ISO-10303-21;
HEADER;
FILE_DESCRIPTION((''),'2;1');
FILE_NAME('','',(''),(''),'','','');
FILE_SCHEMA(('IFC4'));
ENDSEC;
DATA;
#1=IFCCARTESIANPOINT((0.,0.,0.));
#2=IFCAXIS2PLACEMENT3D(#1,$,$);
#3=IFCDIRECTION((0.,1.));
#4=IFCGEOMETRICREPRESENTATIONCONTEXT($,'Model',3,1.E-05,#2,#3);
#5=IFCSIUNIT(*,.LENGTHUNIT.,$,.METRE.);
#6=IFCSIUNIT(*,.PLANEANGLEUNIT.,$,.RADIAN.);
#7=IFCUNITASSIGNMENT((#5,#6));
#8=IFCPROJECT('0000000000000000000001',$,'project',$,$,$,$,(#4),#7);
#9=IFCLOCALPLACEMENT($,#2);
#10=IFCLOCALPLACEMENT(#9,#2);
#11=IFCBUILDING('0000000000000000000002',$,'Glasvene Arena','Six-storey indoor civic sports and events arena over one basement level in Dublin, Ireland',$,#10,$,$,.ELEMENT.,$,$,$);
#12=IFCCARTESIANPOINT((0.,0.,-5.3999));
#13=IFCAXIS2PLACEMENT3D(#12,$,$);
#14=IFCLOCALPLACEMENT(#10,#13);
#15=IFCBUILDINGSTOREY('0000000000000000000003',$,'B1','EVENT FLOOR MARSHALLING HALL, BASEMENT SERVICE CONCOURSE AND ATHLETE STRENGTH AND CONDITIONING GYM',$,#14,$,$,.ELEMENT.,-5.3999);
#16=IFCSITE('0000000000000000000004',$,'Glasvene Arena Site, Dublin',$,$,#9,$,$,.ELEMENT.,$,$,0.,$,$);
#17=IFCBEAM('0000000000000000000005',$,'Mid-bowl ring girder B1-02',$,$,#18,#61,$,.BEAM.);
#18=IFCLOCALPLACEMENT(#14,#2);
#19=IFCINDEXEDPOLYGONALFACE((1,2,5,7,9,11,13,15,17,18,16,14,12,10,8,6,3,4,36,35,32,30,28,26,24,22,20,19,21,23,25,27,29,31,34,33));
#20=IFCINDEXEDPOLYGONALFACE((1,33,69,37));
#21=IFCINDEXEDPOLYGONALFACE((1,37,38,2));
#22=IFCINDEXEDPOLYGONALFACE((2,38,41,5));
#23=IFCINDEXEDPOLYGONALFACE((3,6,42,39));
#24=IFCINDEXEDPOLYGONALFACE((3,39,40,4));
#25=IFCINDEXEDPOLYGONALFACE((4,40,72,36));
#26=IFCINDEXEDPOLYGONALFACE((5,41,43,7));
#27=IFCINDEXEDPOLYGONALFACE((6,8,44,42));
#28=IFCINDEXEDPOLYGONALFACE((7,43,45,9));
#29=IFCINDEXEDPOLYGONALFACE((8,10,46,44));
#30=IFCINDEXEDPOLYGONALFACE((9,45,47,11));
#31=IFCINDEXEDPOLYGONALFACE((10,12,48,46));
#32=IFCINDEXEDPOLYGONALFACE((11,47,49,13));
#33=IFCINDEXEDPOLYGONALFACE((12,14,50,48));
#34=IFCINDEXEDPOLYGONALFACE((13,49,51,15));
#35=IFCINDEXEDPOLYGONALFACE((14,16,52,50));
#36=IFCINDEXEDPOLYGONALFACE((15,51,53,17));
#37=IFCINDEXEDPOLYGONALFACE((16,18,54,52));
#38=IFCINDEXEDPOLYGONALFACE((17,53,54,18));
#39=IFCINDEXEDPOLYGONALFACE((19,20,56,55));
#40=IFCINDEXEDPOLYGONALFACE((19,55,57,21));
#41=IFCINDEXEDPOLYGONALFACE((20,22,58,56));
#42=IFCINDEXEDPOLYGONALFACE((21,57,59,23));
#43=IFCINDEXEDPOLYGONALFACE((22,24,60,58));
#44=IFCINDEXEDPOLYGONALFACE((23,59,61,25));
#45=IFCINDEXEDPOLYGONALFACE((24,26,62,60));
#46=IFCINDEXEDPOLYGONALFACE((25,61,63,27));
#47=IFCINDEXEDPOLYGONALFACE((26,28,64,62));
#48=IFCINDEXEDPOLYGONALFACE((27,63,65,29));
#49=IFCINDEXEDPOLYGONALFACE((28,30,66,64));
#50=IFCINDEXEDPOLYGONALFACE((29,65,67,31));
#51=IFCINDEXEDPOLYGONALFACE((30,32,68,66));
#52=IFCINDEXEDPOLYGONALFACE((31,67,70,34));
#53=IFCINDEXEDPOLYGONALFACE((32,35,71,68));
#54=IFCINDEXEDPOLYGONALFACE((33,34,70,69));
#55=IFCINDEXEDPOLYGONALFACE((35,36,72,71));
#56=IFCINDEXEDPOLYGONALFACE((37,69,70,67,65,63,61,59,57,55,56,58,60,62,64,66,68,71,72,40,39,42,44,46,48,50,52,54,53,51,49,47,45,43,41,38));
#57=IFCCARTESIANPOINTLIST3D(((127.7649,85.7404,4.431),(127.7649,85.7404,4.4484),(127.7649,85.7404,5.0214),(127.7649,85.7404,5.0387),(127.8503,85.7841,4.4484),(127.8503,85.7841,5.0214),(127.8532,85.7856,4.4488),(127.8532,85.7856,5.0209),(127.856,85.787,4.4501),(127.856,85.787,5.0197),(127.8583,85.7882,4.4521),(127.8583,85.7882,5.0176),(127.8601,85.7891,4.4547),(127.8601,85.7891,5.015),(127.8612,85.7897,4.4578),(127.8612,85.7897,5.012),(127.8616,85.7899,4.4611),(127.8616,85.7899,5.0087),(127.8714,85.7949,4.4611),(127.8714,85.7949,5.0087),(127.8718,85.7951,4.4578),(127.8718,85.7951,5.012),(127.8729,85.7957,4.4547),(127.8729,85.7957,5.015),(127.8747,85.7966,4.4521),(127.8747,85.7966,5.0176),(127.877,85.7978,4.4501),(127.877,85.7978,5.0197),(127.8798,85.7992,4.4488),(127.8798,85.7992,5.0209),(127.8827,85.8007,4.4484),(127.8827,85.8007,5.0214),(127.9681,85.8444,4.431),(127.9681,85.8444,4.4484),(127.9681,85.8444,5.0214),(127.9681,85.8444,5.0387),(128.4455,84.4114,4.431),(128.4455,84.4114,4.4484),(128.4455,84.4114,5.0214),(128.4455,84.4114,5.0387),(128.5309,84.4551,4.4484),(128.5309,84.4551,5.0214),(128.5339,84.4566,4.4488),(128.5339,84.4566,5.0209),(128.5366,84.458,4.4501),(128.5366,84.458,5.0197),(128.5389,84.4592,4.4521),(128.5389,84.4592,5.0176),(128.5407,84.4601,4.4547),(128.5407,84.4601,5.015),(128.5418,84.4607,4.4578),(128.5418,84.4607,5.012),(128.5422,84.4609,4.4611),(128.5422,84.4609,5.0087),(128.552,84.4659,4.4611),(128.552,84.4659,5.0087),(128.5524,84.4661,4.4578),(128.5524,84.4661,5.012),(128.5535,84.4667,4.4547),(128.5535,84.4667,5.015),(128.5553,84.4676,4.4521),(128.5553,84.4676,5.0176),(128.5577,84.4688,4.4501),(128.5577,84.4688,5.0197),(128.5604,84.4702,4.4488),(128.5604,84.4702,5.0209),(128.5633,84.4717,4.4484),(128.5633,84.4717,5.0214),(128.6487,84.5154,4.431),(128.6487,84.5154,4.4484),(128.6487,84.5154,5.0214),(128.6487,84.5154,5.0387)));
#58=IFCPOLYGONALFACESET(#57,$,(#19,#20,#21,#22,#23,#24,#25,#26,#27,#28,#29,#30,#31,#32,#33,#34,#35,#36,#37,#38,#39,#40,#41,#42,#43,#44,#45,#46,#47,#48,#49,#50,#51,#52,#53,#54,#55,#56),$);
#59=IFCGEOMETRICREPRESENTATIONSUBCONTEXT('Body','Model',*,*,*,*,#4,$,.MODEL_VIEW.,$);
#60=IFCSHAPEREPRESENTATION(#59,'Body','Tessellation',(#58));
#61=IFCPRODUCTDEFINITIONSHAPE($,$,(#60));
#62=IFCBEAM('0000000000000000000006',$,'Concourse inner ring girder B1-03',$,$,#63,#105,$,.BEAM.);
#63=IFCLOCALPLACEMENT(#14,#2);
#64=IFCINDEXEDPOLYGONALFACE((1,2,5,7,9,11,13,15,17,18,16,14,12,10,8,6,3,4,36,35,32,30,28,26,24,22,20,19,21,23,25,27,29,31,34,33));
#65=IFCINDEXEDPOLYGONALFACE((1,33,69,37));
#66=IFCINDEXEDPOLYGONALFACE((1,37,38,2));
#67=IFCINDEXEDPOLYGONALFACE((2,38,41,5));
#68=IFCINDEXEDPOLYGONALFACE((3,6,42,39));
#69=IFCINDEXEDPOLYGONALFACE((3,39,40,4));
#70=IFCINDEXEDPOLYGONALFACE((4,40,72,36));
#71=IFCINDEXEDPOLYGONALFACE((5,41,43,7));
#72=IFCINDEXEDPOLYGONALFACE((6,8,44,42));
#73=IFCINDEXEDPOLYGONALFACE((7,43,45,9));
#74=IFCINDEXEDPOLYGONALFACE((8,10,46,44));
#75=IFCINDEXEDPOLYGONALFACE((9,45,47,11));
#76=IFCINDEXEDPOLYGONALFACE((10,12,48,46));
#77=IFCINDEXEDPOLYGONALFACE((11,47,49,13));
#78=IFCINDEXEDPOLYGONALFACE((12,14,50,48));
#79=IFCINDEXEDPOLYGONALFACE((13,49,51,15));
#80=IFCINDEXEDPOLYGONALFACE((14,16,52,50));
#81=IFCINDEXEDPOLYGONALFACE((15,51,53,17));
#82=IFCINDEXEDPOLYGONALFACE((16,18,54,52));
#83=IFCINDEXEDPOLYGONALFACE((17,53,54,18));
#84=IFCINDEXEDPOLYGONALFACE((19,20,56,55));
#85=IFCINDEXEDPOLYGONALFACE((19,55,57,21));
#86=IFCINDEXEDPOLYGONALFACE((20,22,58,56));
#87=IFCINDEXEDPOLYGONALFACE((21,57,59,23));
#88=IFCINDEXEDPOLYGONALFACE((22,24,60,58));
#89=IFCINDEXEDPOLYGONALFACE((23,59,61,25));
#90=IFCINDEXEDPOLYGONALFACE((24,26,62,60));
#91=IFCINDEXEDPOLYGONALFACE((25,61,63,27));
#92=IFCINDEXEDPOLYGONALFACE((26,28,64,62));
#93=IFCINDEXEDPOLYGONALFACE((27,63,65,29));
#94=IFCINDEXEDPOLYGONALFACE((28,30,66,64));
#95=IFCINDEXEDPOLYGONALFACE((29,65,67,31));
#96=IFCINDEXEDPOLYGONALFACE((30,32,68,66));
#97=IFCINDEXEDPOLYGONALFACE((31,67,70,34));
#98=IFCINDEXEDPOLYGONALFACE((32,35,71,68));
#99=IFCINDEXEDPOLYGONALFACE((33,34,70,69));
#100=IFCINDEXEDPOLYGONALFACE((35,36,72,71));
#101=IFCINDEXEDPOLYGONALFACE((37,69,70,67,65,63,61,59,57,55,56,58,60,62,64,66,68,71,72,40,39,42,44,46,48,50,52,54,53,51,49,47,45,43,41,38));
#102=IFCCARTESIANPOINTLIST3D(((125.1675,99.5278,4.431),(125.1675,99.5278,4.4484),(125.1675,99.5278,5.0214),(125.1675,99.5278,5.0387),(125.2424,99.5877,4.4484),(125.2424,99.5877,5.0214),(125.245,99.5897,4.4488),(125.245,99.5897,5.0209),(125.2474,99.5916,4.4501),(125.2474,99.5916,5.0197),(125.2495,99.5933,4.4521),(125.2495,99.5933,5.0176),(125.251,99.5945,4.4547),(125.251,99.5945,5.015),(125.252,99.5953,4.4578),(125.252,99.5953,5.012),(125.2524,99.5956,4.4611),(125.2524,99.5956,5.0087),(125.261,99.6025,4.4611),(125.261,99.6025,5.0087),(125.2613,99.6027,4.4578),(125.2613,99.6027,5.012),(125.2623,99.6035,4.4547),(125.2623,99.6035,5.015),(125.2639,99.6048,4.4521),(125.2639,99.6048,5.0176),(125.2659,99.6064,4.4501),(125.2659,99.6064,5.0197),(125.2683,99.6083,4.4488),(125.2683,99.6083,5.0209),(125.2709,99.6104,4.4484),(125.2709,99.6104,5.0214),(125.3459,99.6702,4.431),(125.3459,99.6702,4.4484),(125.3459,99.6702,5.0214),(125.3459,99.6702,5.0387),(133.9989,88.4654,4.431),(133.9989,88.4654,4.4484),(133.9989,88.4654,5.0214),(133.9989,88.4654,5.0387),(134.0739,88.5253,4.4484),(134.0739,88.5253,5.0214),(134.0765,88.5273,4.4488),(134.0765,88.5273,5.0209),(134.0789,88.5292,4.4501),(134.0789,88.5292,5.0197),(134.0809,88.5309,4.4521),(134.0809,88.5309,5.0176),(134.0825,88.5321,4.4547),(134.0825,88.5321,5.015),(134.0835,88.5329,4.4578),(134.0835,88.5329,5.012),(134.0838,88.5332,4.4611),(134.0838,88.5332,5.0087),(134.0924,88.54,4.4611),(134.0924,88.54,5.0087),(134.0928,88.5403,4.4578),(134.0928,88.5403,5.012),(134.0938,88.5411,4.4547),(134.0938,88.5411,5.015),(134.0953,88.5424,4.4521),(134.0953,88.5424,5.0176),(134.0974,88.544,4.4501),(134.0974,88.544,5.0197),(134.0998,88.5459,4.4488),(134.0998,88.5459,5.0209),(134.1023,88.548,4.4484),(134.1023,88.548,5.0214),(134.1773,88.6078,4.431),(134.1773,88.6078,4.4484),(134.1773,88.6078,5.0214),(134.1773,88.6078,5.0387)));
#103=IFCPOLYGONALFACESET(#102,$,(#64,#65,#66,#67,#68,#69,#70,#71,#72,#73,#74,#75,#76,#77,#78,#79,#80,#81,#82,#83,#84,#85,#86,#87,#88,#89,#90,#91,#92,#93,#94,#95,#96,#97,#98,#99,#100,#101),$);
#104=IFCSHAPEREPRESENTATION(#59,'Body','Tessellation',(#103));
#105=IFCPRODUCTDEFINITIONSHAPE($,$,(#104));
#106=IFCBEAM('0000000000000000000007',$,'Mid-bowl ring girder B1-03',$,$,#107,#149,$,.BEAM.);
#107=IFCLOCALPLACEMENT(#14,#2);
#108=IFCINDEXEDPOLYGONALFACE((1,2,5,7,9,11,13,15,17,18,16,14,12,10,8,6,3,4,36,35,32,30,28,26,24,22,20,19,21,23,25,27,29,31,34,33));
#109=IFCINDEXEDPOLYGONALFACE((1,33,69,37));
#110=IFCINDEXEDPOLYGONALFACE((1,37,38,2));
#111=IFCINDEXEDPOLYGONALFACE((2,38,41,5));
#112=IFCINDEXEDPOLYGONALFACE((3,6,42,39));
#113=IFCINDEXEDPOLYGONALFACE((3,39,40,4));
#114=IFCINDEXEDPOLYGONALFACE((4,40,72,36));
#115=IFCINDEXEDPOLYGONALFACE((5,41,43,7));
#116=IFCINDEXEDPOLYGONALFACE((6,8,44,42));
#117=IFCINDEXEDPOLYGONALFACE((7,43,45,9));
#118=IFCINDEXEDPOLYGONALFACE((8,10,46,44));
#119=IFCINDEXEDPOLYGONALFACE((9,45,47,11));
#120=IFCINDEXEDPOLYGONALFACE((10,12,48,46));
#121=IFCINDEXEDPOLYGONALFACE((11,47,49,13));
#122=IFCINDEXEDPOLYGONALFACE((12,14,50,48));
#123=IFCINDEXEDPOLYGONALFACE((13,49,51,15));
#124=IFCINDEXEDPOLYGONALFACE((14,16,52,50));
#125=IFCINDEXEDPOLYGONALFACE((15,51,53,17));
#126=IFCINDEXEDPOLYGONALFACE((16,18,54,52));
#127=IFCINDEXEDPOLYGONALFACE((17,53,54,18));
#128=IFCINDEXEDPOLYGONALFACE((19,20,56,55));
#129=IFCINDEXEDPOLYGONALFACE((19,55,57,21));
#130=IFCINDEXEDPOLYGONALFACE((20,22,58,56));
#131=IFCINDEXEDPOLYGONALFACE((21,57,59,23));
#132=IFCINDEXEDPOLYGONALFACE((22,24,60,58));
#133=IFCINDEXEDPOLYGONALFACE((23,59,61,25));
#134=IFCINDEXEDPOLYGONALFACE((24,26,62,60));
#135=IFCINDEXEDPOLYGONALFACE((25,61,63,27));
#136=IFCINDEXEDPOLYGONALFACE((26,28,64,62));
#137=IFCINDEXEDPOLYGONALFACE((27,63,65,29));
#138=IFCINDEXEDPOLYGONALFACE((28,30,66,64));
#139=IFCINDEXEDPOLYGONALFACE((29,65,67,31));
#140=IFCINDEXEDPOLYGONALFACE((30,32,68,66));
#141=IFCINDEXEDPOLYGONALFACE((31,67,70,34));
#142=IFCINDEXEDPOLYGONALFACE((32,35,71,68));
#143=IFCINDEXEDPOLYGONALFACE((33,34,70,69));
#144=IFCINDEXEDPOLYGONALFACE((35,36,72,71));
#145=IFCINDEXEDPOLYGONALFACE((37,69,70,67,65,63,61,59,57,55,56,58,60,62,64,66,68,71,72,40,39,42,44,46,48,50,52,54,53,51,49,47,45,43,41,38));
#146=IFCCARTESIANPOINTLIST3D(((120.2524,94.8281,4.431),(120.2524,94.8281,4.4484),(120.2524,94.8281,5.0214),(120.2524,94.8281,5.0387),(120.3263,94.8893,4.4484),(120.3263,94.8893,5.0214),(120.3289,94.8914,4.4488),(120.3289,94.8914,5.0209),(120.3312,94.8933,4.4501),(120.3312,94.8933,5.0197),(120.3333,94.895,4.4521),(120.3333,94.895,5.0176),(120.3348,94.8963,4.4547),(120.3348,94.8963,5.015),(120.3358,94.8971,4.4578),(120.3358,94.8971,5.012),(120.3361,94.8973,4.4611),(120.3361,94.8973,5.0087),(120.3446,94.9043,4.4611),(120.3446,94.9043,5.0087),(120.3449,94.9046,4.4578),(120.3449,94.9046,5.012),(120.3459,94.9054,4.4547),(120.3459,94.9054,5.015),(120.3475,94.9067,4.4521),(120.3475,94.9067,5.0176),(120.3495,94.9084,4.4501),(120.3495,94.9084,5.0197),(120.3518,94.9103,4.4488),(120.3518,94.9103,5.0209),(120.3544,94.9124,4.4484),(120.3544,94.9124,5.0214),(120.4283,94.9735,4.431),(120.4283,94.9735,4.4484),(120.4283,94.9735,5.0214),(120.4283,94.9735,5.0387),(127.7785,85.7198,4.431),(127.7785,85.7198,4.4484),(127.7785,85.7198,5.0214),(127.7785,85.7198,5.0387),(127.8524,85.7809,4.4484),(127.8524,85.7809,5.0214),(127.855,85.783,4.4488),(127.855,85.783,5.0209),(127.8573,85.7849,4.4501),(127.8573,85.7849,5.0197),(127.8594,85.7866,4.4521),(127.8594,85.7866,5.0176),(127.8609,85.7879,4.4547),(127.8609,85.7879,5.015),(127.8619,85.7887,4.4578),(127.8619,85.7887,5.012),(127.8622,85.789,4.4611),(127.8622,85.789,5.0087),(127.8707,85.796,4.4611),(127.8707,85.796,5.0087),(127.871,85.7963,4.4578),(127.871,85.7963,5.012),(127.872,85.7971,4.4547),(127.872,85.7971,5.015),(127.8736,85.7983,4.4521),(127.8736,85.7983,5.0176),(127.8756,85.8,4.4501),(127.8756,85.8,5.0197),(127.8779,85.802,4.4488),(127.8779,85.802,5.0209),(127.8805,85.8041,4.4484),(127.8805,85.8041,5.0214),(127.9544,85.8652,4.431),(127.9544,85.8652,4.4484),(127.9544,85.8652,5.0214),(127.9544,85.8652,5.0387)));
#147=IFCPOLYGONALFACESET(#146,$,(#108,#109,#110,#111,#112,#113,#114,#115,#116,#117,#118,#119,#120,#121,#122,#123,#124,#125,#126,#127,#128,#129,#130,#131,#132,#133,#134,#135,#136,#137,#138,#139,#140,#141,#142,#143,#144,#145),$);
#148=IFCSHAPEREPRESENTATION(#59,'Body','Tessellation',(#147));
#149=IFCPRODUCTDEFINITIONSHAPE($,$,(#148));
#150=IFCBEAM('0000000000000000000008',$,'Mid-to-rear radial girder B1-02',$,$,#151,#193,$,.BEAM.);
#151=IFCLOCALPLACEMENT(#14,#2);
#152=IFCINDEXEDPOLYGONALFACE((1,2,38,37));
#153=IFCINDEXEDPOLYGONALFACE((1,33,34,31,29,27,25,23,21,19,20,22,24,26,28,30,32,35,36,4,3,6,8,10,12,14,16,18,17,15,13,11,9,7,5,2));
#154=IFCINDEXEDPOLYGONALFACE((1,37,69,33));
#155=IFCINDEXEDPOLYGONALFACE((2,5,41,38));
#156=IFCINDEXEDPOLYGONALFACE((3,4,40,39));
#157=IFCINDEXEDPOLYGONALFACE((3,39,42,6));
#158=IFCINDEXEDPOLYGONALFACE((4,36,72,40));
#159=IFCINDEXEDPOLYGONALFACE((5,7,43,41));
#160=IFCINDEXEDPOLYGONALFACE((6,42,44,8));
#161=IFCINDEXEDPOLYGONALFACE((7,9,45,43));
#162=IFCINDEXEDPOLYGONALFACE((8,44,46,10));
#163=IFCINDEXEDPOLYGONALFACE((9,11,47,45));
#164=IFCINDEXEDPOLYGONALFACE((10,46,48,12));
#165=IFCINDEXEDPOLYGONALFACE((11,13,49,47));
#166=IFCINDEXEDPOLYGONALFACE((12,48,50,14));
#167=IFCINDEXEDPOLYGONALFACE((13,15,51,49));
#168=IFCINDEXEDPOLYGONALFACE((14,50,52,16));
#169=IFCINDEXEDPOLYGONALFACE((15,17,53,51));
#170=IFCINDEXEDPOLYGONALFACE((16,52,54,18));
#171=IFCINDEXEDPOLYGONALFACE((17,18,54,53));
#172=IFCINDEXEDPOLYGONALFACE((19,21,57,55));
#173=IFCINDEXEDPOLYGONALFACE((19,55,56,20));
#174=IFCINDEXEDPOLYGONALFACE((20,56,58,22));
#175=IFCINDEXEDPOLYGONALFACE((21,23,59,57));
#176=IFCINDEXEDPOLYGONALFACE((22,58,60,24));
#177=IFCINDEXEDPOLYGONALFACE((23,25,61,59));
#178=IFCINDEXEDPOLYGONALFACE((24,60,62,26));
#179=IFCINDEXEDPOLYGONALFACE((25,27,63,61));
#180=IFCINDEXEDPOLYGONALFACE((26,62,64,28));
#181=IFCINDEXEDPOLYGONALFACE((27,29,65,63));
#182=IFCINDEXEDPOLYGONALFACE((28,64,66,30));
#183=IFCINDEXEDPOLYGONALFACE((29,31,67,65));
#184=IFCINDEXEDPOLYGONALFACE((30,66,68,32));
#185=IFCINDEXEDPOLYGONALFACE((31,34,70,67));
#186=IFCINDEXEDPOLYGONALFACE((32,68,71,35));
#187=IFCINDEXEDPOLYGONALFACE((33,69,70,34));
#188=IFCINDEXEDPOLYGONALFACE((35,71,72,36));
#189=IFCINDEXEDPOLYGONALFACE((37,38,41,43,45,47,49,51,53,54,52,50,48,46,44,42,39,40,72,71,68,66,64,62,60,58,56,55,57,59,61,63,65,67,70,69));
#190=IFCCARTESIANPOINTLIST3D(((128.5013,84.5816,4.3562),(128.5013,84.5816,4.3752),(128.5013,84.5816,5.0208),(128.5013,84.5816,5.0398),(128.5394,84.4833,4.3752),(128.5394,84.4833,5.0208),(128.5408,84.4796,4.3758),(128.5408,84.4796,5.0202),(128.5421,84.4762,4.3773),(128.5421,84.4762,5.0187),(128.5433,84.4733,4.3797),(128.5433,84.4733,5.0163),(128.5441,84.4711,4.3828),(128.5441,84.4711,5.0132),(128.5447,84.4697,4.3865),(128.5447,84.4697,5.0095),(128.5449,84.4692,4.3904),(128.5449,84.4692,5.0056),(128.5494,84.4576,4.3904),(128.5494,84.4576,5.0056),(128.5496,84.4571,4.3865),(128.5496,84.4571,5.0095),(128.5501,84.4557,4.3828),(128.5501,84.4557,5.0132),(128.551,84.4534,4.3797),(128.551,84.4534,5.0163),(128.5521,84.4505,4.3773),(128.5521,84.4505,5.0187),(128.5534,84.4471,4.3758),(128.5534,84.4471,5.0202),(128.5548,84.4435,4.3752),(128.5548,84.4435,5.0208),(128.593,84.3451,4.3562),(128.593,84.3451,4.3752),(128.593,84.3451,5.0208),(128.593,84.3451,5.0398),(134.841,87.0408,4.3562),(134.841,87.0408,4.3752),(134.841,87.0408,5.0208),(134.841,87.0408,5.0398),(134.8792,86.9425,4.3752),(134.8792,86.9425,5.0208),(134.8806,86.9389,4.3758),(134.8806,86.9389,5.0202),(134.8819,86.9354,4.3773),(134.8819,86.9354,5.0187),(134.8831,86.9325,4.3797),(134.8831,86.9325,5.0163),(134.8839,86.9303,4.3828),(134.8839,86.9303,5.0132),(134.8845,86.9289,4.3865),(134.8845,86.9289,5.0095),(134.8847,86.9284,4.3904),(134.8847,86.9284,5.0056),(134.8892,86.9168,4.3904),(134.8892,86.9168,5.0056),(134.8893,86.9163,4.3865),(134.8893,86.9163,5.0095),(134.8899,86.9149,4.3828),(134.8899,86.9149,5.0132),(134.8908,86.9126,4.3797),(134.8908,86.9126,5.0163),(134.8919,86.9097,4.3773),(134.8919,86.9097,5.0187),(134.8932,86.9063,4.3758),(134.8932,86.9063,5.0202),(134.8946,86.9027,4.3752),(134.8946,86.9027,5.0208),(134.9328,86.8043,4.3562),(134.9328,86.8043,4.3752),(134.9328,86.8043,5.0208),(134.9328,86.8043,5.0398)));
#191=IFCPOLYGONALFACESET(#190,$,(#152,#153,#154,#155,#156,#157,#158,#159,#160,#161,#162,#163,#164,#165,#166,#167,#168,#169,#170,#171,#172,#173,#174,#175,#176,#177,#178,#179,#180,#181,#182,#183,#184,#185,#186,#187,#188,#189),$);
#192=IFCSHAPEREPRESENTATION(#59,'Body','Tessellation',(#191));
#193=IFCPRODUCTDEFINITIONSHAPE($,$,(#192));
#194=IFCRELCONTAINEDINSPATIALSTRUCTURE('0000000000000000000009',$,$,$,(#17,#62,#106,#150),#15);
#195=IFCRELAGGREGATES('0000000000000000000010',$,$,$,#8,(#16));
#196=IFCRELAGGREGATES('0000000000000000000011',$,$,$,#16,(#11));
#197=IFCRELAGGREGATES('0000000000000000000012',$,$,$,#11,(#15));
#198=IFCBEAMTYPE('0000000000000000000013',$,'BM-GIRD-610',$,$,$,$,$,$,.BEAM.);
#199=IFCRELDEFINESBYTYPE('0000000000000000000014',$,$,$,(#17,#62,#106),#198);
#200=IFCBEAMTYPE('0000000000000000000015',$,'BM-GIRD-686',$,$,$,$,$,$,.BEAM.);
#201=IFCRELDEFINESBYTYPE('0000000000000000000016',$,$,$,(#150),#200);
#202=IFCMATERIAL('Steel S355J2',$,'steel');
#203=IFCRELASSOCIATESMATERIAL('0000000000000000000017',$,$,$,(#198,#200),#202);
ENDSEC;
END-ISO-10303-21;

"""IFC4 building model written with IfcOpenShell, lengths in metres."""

from ifc_helpers import new_model, si_unit, direction, frame, origin, origin_2d, place, context, subcontext, project, spatial, i_section, extrude, material, material_profile, profile_set, type_object, element, save


model = new_model("IFC4")

# Units and contexts
model_context = context("Model", 3, precision=1e-05, world=origin(), true_north=direction((0.0, 1.0)))
body_context = subcontext(model_context, "Body", "Model", "MODEL_VIEW")
ifc_project = project(units=[si_unit("LENGTHUNIT", "METRE"), si_unit("PLANEANGLEUNIT", "RADIAN")], contexts=[model_context])

# Site, building, storey
site_placement = place(None, origin())
site = spatial("IfcSite", under=ifc_project, at=site_placement, Name="Glasvene Arena Site, Dublin", CompositionType="ELEMENT", RefElevation=0.0)
building_placement = place(site_placement, origin())
building = spatial("IfcBuilding", under=site, at=building_placement, Name="Glasvene Arena", Description="Six-storey indoor civic sports and events arena over one basement level in Dublin, Ireland", CompositionType="ELEMENT")
storey_placement = place(building_placement, frame((0.0, 0.0, -5.3999)))
storey = spatial("IfcBuildingStorey", under=building, at=storey_placement, Name="B1", Description="EVENT FLOOR MARSHALLING HALL, BASEMENT SERVICE CONCOURSE AND ATHLETE STRENGTH AND CONDITIONING GYM", CompositionType="ELEMENT", Elevation=-5.3999)

# Shared definitions
ifc_material_1 = material(Name="Steel S355J2", Category="steel")

# Beams
ifc_material_profile_1 = material_profile(ifc_material_1, i_section(OverallWidth=0.2283, OverallDepth=0.6077, WebThickness=0.011, FlangeThickness=0.0173, FilletRadius=0.0127, at=origin_2d()), Name="UKB 610x229x113")
ifc_profile_set_1 = profile_set([ifc_material_profile_1], Name="Steel S355J2")
beam_type_1 = type_object("IfcBeamType", Name="BM-GIRD-610", PredefinedType="BEAM", material=ifc_profile_set_1)
beam_1_placement = place(storey_placement, frame((128.5471, 84.4634, 4.7349), z_axis=(-0.455825, 0.890069, 0.0), x_axis=(-0.890069, -0.455825, 0.0)))
element("IfcBeam", 1, at=beam_1_placement, inside=storey, type_object=beam_type_1, Name="Mid-bowl ring girder B1-02", PredefinedType="BEAM", context=body_context, shape_type="SweptSolid", body=[
    extrude(i_section(OverallWidth=0.2283, OverallDepth=0.6077, WebThickness=0.011, FlangeThickness=0.0173, FilletRadius=0.0127, at=origin_2d()), origin(), (0.0, 0.0, 1.0), 1.4932),
])
beam_2_placement = place(storey_placement, frame((134.0881, 88.5366, 4.7349), z_axis=(-0.6239, 0.781504, 0.0), x_axis=(-0.781504, -0.6239, 0.0)))
element("IfcBeam", 2, at=beam_2_placement, inside=storey, type_object=beam_type_1, Name="Concourse inner ring girder B1-03", PredefinedType="BEAM", context=body_context, shape_type="SweptSolid", body=[
    extrude(i_section(OverallWidth=0.2283, OverallDepth=0.6077, WebThickness=0.011, FlangeThickness=0.0173, FilletRadius=0.0127, at=origin_2d()), origin(), (0.0, 0.0, 1.0), 14.1553),
])
beam_3_placement = place(storey_placement, frame((127.8665, 85.7925, 4.7349), z_axis=(-0.636972, 0.770887, 0.0), x_axis=(-0.770887, -0.636972, 0.0)))
element("IfcBeam", 3, at=beam_3_placement, inside=storey, type_object=beam_type_1, Name="Mid-bowl ring girder B1-03", PredefinedType="BEAM", context=body_context, shape_type="SweptSolid", body=[
    extrude(i_section(OverallWidth=0.2283, OverallDepth=0.6077, WebThickness=0.011, FlangeThickness=0.0173, FilletRadius=0.0127, at=origin_2d()), origin(), (0.0, 0.0, 1.0), 11.8154),
])
ifc_material_profile_2 = material_profile(ifc_material_1, i_section(OverallWidth=0.2537, OverallDepth=0.6836, WebThickness=0.0125, FlangeThickness=0.019, FilletRadius=0.0151, at=origin_2d()), Name="UKB 686x254x140")
ifc_profile_set_2 = profile_set([ifc_material_profile_2], Name="Steel S355J2")
beam_type_2 = type_object("IfcBeamType", Name="BM-GIRD-686", PredefinedType="BEAM", material=ifc_profile_set_2)
for number, where, z_axis, x_axis, name in (
    (4, (128.5471, 84.4634, 4.698), (0.932316, 0.361646, 0.0), (-0.361646, 0.932316, 0.0), "Mid-to-rear radial girder B1-02"),
):
    element("IfcBeam", number, at=place(storey_placement, frame(where, z_axis=z_axis, x_axis=x_axis)), inside=storey, type_object=beam_type_2, Name=name, PredefinedType="BEAM", context=body_context, shape_type="SweptSolid", body=[
        extrude(i_section(OverallWidth=0.2537, OverallDepth=0.6836, WebThickness=0.0125, FlangeThickness=0.019, FilletRadius=0.0151, at=origin_2d()), origin(), (0.0, 0.0, 1.0), 6.8),
    ])

save(model, "model.ifc")
